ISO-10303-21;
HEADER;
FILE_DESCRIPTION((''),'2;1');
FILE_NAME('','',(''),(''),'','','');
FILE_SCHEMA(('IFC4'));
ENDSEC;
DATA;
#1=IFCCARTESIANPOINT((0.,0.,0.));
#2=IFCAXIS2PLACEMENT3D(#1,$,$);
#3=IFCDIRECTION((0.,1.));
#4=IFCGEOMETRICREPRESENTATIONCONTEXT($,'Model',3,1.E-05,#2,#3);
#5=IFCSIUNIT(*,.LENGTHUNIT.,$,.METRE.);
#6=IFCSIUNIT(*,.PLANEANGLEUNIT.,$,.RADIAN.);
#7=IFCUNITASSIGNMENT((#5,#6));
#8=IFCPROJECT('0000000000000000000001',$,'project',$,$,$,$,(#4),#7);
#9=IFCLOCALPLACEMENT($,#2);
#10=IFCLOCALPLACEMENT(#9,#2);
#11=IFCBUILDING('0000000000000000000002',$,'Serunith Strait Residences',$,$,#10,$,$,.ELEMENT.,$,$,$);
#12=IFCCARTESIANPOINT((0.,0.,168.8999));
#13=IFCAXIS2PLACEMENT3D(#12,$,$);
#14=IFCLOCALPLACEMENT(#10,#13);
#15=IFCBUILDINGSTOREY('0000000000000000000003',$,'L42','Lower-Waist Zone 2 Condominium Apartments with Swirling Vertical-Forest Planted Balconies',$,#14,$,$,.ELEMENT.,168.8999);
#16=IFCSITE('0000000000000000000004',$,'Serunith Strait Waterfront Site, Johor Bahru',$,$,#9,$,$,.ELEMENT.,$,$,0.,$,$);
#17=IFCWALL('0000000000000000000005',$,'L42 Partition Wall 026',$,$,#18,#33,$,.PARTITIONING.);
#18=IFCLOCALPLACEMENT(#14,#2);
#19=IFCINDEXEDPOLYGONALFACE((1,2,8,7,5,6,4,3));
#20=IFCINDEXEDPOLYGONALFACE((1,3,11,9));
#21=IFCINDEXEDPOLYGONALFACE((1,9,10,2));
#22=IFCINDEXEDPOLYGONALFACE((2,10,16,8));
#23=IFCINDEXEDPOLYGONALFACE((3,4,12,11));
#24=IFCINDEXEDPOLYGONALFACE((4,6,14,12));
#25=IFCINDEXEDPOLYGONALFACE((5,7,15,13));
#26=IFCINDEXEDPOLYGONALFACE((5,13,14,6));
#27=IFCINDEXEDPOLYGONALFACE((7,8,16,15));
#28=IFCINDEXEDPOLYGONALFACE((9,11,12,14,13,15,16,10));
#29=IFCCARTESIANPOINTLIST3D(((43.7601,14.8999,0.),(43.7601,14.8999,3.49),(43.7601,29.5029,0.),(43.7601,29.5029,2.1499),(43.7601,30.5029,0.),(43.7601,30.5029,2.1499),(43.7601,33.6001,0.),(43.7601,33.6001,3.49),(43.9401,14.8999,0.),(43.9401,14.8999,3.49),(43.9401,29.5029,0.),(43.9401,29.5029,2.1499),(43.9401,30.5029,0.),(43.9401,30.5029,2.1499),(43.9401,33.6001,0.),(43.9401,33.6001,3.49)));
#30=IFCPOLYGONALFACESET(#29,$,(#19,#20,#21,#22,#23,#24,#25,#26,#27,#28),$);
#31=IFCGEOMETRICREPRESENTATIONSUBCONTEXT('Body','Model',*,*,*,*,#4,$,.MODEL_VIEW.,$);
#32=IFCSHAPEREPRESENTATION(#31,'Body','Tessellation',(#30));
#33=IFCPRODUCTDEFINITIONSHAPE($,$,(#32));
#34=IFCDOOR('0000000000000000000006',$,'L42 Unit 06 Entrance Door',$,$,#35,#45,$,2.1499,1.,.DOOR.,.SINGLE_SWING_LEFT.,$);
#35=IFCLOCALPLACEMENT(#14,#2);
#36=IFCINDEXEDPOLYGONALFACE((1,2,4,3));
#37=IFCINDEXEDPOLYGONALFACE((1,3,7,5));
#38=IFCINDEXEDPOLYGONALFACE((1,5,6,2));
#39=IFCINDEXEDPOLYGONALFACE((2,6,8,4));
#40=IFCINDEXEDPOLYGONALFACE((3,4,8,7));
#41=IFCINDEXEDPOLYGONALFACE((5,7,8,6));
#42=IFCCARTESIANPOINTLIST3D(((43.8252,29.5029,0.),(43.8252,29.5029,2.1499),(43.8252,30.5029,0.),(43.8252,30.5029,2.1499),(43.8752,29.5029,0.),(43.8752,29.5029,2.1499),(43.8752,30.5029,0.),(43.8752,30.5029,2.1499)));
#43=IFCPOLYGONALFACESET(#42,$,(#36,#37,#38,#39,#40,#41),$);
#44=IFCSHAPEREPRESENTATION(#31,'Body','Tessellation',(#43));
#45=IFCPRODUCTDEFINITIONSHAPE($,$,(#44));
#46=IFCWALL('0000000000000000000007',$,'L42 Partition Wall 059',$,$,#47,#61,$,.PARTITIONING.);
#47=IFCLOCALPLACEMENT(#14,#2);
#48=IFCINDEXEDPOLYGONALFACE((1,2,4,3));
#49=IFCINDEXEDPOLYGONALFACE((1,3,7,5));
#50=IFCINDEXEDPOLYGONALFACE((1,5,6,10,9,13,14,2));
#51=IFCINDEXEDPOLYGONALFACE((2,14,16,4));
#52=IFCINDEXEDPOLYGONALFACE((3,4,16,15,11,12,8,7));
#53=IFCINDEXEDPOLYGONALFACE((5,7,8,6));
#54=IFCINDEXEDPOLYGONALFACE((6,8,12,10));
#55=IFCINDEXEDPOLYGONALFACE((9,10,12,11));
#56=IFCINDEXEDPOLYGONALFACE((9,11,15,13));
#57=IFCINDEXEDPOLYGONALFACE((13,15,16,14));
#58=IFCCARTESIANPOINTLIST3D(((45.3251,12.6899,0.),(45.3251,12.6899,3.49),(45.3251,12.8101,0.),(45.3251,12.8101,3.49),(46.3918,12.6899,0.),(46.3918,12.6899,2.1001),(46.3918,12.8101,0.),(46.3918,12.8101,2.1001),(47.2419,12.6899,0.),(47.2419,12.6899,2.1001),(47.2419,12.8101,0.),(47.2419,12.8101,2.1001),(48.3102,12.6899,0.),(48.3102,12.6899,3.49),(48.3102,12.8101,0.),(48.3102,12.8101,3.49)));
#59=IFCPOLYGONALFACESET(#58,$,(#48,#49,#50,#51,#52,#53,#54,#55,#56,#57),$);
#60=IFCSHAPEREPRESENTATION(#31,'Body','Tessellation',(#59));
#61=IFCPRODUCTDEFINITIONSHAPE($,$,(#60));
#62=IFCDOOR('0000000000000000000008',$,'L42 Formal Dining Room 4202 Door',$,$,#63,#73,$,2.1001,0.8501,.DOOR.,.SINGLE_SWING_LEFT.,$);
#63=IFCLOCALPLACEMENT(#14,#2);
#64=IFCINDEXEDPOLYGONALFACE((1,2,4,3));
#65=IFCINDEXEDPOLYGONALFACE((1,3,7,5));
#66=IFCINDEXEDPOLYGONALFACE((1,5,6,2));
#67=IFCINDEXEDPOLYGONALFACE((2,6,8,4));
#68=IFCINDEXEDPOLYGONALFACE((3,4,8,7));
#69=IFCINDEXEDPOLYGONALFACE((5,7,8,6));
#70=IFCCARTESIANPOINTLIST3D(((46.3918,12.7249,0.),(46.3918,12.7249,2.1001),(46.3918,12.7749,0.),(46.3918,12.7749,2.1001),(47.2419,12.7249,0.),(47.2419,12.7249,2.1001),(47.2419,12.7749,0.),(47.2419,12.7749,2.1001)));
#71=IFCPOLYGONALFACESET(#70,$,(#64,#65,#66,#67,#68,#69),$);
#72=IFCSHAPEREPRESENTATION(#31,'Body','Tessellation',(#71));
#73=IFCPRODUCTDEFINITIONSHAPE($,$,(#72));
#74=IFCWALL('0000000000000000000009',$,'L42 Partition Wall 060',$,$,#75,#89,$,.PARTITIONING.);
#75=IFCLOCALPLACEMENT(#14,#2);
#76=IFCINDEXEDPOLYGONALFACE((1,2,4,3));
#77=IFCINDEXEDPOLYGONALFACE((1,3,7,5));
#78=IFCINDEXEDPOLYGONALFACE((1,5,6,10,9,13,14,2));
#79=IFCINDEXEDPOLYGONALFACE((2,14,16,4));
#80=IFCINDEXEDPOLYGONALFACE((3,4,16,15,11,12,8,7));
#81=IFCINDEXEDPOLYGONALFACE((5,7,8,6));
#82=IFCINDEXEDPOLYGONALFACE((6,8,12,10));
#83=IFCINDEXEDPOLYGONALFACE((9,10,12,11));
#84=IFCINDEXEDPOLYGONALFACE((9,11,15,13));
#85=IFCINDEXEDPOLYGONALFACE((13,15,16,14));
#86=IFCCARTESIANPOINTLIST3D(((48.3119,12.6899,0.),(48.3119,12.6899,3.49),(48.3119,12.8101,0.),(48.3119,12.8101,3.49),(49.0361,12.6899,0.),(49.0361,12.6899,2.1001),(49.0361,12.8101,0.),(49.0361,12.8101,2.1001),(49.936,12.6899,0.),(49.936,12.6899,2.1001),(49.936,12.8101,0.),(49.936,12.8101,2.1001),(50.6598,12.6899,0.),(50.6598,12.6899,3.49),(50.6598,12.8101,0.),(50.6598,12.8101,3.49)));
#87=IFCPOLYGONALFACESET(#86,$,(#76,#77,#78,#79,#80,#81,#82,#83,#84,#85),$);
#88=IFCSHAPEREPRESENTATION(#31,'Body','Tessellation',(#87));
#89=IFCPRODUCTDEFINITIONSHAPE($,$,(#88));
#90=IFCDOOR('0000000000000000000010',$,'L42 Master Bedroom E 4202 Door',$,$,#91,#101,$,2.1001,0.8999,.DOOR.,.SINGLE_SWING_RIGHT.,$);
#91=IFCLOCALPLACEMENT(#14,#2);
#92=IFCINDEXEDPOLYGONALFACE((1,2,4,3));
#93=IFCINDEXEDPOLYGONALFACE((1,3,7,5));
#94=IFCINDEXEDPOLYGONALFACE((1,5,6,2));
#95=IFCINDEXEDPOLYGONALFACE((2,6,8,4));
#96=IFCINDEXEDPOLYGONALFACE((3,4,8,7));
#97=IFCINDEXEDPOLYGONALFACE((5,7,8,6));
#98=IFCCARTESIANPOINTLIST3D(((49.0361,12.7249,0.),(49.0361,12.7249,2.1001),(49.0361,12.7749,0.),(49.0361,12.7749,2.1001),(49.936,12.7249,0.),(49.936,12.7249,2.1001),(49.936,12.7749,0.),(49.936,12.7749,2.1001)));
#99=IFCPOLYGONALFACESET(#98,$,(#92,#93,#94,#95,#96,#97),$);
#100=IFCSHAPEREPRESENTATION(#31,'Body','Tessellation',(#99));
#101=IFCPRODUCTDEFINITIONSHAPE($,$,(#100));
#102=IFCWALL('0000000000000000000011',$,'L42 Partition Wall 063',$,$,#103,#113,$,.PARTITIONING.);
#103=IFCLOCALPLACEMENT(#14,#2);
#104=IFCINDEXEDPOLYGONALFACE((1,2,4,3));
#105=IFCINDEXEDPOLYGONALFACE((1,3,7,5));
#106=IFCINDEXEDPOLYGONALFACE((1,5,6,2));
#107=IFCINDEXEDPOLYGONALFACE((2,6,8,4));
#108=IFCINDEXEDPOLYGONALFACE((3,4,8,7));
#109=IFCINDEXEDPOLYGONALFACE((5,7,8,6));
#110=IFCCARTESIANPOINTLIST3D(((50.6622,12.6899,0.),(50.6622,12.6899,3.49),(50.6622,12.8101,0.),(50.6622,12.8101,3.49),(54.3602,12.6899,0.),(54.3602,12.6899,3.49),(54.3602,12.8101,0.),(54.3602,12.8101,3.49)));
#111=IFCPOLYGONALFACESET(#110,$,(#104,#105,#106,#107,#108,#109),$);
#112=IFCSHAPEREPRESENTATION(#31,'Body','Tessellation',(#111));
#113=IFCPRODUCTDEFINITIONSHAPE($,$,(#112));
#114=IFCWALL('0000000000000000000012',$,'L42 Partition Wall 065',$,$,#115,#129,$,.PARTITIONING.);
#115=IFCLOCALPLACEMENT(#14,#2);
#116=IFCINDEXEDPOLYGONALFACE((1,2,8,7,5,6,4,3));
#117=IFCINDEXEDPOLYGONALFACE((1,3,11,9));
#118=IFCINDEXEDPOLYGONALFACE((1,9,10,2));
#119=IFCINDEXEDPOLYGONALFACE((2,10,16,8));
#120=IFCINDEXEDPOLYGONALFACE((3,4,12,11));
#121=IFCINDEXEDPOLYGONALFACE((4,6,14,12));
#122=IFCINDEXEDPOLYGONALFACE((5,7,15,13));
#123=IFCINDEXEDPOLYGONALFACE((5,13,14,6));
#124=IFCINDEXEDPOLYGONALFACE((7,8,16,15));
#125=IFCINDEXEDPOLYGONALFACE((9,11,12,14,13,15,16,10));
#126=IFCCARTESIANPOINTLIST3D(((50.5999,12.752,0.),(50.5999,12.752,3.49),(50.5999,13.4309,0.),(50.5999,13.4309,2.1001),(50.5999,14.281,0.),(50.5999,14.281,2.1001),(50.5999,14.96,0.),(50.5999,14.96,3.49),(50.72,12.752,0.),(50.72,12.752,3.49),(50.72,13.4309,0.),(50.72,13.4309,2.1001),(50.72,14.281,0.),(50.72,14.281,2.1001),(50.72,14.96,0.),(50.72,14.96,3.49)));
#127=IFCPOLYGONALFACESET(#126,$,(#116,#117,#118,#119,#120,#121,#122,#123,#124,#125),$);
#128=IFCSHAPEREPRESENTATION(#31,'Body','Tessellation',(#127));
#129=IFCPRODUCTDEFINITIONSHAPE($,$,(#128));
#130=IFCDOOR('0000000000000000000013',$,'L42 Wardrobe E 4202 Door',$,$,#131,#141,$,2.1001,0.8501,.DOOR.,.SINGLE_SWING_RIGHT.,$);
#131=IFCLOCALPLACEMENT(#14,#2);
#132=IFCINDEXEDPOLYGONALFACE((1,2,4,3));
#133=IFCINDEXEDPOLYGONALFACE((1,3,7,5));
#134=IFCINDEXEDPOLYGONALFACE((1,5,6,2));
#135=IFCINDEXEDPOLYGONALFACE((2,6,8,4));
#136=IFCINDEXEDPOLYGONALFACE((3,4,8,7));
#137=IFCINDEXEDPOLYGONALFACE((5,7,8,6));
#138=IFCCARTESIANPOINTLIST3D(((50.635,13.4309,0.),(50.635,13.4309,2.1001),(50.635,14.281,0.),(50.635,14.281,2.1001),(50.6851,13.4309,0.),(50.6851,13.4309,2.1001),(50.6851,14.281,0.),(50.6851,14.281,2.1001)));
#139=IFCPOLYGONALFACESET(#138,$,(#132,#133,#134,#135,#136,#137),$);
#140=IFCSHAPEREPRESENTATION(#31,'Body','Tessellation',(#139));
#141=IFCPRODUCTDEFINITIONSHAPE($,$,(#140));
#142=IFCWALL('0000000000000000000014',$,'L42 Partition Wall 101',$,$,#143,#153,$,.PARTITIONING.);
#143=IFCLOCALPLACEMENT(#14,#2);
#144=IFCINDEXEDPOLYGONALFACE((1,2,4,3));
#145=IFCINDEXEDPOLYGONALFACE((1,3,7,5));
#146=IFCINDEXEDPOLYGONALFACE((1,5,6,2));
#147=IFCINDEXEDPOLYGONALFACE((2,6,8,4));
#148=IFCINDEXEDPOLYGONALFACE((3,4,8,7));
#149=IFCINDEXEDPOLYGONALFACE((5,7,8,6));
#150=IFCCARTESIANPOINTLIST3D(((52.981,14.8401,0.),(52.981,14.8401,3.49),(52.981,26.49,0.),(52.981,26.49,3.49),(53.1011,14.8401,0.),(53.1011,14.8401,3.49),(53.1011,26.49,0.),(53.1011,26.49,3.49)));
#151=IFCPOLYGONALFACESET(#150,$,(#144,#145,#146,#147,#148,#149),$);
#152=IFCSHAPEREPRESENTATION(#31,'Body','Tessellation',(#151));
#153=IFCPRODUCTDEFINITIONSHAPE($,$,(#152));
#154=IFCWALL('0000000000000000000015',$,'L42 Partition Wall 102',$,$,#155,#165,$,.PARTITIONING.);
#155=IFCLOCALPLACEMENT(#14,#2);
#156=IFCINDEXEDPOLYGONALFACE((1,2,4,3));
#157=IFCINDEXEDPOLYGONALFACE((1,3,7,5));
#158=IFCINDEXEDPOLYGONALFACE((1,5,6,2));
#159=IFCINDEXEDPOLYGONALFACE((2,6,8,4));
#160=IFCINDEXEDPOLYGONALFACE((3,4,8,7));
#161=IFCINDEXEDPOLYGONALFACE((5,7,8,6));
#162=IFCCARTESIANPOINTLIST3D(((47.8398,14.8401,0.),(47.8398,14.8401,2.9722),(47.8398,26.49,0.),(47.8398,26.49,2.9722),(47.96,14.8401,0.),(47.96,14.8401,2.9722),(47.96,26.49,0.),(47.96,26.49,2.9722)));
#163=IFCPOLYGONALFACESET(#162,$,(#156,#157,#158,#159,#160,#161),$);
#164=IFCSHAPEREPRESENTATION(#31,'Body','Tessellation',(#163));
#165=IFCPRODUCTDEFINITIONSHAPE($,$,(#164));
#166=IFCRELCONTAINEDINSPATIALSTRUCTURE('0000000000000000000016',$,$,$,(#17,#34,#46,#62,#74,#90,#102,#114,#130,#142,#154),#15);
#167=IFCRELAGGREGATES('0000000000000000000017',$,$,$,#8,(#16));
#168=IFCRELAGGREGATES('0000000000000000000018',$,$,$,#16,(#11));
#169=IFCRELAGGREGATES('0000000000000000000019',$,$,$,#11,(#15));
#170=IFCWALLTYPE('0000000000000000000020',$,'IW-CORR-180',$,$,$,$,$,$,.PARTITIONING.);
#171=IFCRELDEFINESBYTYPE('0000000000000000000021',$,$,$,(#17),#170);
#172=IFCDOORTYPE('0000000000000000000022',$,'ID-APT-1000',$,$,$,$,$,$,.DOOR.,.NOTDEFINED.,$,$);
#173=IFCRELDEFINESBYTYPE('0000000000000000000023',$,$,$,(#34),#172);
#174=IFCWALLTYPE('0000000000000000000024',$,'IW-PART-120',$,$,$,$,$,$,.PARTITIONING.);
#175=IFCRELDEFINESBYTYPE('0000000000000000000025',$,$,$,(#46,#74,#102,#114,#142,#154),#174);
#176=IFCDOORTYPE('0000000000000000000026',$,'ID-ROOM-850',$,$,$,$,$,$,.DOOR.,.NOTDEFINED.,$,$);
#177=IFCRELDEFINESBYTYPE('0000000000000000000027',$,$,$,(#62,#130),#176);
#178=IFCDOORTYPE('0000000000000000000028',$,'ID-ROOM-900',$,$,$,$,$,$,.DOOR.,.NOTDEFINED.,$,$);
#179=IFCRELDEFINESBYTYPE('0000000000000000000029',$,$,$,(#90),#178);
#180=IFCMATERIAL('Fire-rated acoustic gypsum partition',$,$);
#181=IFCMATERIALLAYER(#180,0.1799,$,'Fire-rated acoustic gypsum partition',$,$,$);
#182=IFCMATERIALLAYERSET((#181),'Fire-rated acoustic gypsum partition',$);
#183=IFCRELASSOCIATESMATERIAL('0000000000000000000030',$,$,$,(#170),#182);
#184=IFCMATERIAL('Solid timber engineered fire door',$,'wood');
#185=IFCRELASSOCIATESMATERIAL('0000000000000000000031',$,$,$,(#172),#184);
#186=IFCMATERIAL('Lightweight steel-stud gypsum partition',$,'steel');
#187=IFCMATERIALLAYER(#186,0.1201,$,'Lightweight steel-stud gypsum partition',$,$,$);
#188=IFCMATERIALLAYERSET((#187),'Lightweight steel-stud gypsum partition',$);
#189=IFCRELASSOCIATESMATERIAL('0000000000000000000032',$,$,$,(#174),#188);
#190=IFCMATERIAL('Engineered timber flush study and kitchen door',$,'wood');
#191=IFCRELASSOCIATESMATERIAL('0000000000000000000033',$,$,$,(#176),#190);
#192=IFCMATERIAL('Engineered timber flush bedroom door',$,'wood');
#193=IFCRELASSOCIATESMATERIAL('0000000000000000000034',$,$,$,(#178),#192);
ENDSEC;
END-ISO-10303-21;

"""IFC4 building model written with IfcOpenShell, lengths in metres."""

from ifc_helpers import new_model, si_unit, direction, frame, frame_2d, origin, place, context, subcontext, project, spatial, rectangle, extrude, source, transform, mapped, material, layer, layer_set, type_object, element, fill, save


model = new_model("IFC4")

# Units and contexts
model_context = context("Model", 3, precision=1e-05, world=origin(), true_north=direction((0.0, 1.0)))
body_context = subcontext(model_context, "Body", "Model", "MODEL_VIEW")
ifc_project = project(units=[si_unit("LENGTHUNIT", "METRE"), si_unit("PLANEANGLEUNIT", "RADIAN")], contexts=[model_context])

# Site, building, storey
site_placement = place(None, origin())
site = spatial("IfcSite", under=ifc_project, at=site_placement, Name="Serunith Strait Waterfront Site, Johor Bahru", CompositionType="ELEMENT", RefElevation=0.0)
building_placement = place(site_placement, origin())
building = spatial("IfcBuilding", under=site, at=building_placement, Name="Serunith Strait Residences", CompositionType="ELEMENT")
storey_placement = place(building_placement, frame((0.0, 0.0, 168.8999)))
storey = spatial("IfcBuildingStorey", under=building, at=storey_placement, Name="L42", Description="Lower-Waist Zone 2 Condominium Apartments with Swirling Vertical-Forest Planted Balconies", CompositionType="ELEMENT", Elevation=168.8999)

# Walls, openings, doors
ifc_material_1 = material(Name="Fire-rated acoustic gypsum partition")
ifc_layer_1 = layer(ifc_material_1, 0.1799, Name="Fire-rated acoustic gypsum partition")
ifc_layer_set_1 = layer_set([ifc_layer_1], Name="Fire-rated acoustic gypsum partition")
wall_type_1 = type_object("IfcWallType", Name="IW-CORR-180", PredefinedType="PARTITIONING", material=ifc_layer_set_1)
wall_1_placement = place(storey_placement, frame((43.8501, 14.8999, 0.0), z_axis=(0.0, 0.0, 1.0), x_axis=(0.0, 1.0, 0.0)))
wall_1 = element("IfcWall", 1, at=wall_1_placement, inside=storey, type_object=wall_type_1, Name="L42 Partition Wall 026", PredefinedType="PARTITIONING", context=body_context, shape_type="SweptSolid", body=[
    extrude(rectangle(XDim=18.7002, YDim=0.1799, at=frame_2d((9.3501, 0.0))), origin(), (0.0, 0.0, 1.0), 3.49),
])
opening_1_placement = place(wall_1_placement, frame((14.603, 0.0, 0.0)))
opening_1 = element("IfcOpeningElement", 2, at=opening_1_placement, cuts=wall_1, PredefinedType="OPENING", context=body_context, shape_type="SweptSolid", body=[
    extrude(rectangle(XDim=1.0, YDim=2.1499, at=frame_2d((0.5, 1.075))), frame((0.0, 0.1001, 0.0), z_axis=(0.0, -1.0, 0.0), x_axis=(1.0, 0.0, 0.0)), (0.0, 0.0, 1.0), 0.2),
])
ifc_material_2 = material(Name="Solid timber engineered fire door", Category="wood")
door_type_1 = type_object("IfcDoorType", Name="ID-APT-1000", OperationType="NOTDEFINED", PredefinedType="DOOR", material=ifc_material_2)
shared_shape_1 = source(origin(), body_context, "Body", "SweptSolid", [
    extrude(rectangle(XDim=1.0, YDim=2.1499, at=frame_2d((0.5, 1.075))), frame((0.0, 0.0249, 0.0), z_axis=(0.0, -1.0, 0.0), x_axis=(1.0, 0.0, 0.0)), (0.0, 0.0, 1.0), 0.05),
])
door_1_placement = place(opening_1_placement, origin())
door_1 = element("IfcDoor", 3, at=door_1_placement, inside=storey, type_object=door_type_1, Name="L42 Unit 06 Entrance Door", OperationType="SINGLE_SWING_LEFT", OverallHeight=2.1499, OverallWidth=1.0, PredefinedType="DOOR", context=body_context, shape_type="MappedRepresentation", body=[
    mapped(shared_shape_1, transform((0.0, 0.0, 0.0), scale=1.0)),
])
fill(opening_1, door_1)
ifc_material_3 = material(Name="Lightweight steel-stud gypsum partition", Category="steel")
ifc_layer_2 = layer(ifc_material_3, 0.1201, Name="Lightweight steel-stud gypsum partition")
ifc_layer_set_2 = layer_set([ifc_layer_2], Name="Lightweight steel-stud gypsum partition")
wall_type_2 = type_object("IfcWallType", Name="IW-PART-120", PredefinedType="PARTITIONING", material=ifc_layer_set_2)
wall_2_placement = place(storey_placement, frame((45.325, 12.75, 0.0), z_axis=(0.0, 0.0, 1.0), x_axis=(1.0, 0.0, 0.0)))
wall_2 = element("IfcWall", 4, at=wall_2_placement, inside=storey, type_object=wall_type_2, Name="L42 Partition Wall 059", PredefinedType="PARTITIONING", context=body_context, shape_type="SweptSolid", body=[
    extrude(rectangle(XDim=2.9851, YDim=0.1201, at=frame_2d((1.4927, 0.0))), origin(), (0.0, 0.0, 1.0), 3.49),
])
opening_2_placement = place(wall_2_placement, frame((1.0669, 0.0, 0.0)))
opening_2 = element("IfcOpeningElement", 5, at=opening_2_placement, cuts=wall_2, PredefinedType="OPENING", context=body_context, shape_type="SweptSolid", body=[
    extrude(rectangle(XDim=0.8501, YDim=2.1001, at=frame_2d((0.425, 1.05))), frame((0.0, 0.0701, 0.0), z_axis=(0.0, -1.0, 0.0), x_axis=(1.0, 0.0, 0.0)), (0.0, 0.0, 1.0), 0.1401),
])
ifc_material_4 = material(Name="Engineered timber flush study and kitchen door", Category="wood")
door_type_2 = type_object("IfcDoorType", Name="ID-ROOM-850", OperationType="NOTDEFINED", PredefinedType="DOOR", material=ifc_material_4)
shared_shape_2 = source(origin(), body_context, "Body", "SweptSolid", [
    extrude(rectangle(XDim=0.8501, YDim=2.1001, at=frame_2d((0.425, 1.05))), frame((0.0, 0.0249, 0.0), z_axis=(0.0, -1.0, 0.0), x_axis=(1.0, 0.0, 0.0)), (0.0, 0.0, 1.0), 0.05),
])
door_2_placement = place(opening_2_placement, origin())
door_2 = element("IfcDoor", 6, at=door_2_placement, inside=storey, type_object=door_type_2, Name="L42 Formal Dining Room 4202 Door", OperationType="SINGLE_SWING_LEFT", OverallHeight=2.1001, OverallWidth=0.8501, PredefinedType="DOOR", context=body_context, shape_type="MappedRepresentation", body=[
    mapped(shared_shape_2, transform((0.0, 0.0, 0.0), scale=1.0)),
])
fill(opening_2, door_2)
wall_3_placement = place(storey_placement, frame((48.312, 12.75, 0.0), z_axis=(0.0, 0.0, 1.0), x_axis=(1.0, 0.0, 0.0)))
wall_3 = element("IfcWall", 7, at=wall_3_placement, inside=storey, type_object=wall_type_2, Name="L42 Partition Wall 060", PredefinedType="PARTITIONING", context=body_context, shape_type="SweptSolid", body=[
    extrude(rectangle(XDim=2.3479, YDim=0.1201, at=frame_2d((1.1738, 0.0))), origin(), (0.0, 0.0, 1.0), 3.49),
])
opening_3_placement = place(wall_3_placement, frame((0.7241, 0.0, 0.0)))
opening_3 = element("IfcOpeningElement", 8, at=opening_3_placement, cuts=wall_3, PredefinedType="OPENING", context=body_context, shape_type="SweptSolid", body=[
    extrude(rectangle(XDim=0.8999, YDim=2.1001, at=frame_2d((0.45, 1.05))), frame((0.0, 0.0701, 0.0), z_axis=(0.0, -1.0, 0.0), x_axis=(1.0, 0.0, 0.0)), (0.0, 0.0, 1.0), 0.1401),
])
ifc_material_5 = material(Name="Engineered timber flush bedroom door", Category="wood")
door_type_3 = type_object("IfcDoorType", Name="ID-ROOM-900", OperationType="NOTDEFINED", PredefinedType="DOOR", material=ifc_material_5)
shared_shape_3 = source(origin(), body_context, "Body", "SweptSolid", [
    extrude(rectangle(XDim=0.8999, YDim=2.1001, at=frame_2d((0.45, 1.05))), frame((0.0, 0.0249, 0.0), z_axis=(0.0, -1.0, 0.0), x_axis=(1.0, 0.0, 0.0)), (0.0, 0.0, 1.0), 0.05),
])
door_3_placement = place(opening_3_placement, origin())
door_3 = element("IfcDoor", 9, at=door_3_placement, inside=storey, type_object=door_type_3, Name="L42 Master Bedroom E 4202 Door", OperationType="SINGLE_SWING_RIGHT", OverallHeight=2.1001, OverallWidth=0.8999, PredefinedType="DOOR", context=body_context, shape_type="MappedRepresentation", body=[
    mapped(shared_shape_3, transform((0.0, 0.0, 0.0), scale=1.0)),
])
fill(opening_3, door_3)

# Wall
wall_4_placement = place(storey_placement, frame((50.6621, 12.75, 0.0), z_axis=(0.0, 0.0, 1.0), x_axis=(1.0, 0.0, 0.0)))
element("IfcWall", 10, at=wall_4_placement, inside=storey, type_object=wall_type_2, Name="L42 Partition Wall 063", PredefinedType="PARTITIONING", context=body_context, shape_type="SweptSolid", body=[
    extrude(rectangle(XDim=3.698, YDim=0.1201, at=frame_2d((1.8491, 0.0))), origin(), (0.0, 0.0, 1.0), 3.49),
])

# Wall, opening, door
wall_5_placement = place(storey_placement, frame((50.6599, 12.752, 0.0), z_axis=(0.0, 0.0, 1.0), x_axis=(0.0, 1.0, 0.0)))
wall_5 = element("IfcWall", 11, at=wall_5_placement, inside=storey, type_object=wall_type_2, Name="L42 Partition Wall 065", PredefinedType="PARTITIONING", context=body_context, shape_type="SweptSolid", body=[
    extrude(rectangle(XDim=2.208, YDim=0.1201, at=frame_2d((1.104, 0.0))), origin(), (0.0, 0.0, 1.0), 3.49),
])
opening_4_placement = place(wall_5_placement, frame((0.679, 0.0, 0.0)))
opening_4 = element("IfcOpeningElement", 12, at=opening_4_placement, cuts=wall_5, PredefinedType="OPENING", context=body_context, shape_type="SweptSolid", body=[
    extrude(rectangle(XDim=0.8501, YDim=2.1001, at=frame_2d((0.425, 1.05))), frame((0.0, 0.0701, 0.0), z_axis=(0.0, -1.0, 0.0), x_axis=(1.0, 0.0, 0.0)), (0.0, 0.0, 1.0), 0.1401),
])
door_4_placement = place(opening_4_placement, origin())
door_4 = element("IfcDoor", 13, at=door_4_placement, inside=storey, type_object=door_type_2, Name="L42 Wardrobe E 4202 Door", OperationType="SINGLE_SWING_RIGHT", OverallHeight=2.1001, OverallWidth=0.8501, PredefinedType="DOOR", context=body_context, shape_type="MappedRepresentation", body=[
    mapped(shared_shape_2, transform((0.0, 0.0, 0.0), scale=1.0)),
])
fill(opening_4, door_4)

# Walls
wall_6_placement = place(storey_placement, frame((53.041, 14.8401, 0.0), z_axis=(0.0, 0.0, 1.0), x_axis=(0.0, 1.0, 0.0)))
element("IfcWall", 14, at=wall_6_placement, inside=storey, type_object=wall_type_2, Name="L42 Partition Wall 101", PredefinedType="PARTITIONING", context=body_context, shape_type="SweptSolid", body=[
    extrude(rectangle(XDim=11.6499, YDim=0.1201, at=frame_2d((5.825, 0.0))), origin(), (0.0, 0.0, 1.0), 3.49),
])
wall_7_placement = place(storey_placement, frame((47.8999, 14.8401, 0.0), z_axis=(0.0, 0.0, 1.0), x_axis=(0.0, 1.0, 0.0)))
element("IfcWall", 15, at=wall_7_placement, inside=storey, type_object=wall_type_2, Name="L42 Partition Wall 102", PredefinedType="PARTITIONING", context=body_context, shape_type="SweptSolid", body=[
    extrude(rectangle(XDim=11.6499, YDim=0.1201, at=frame_2d((5.825, 0.0))), origin(), (0.0, 0.0, 1.0), 2.9722),
])

save(model, "model.ifc")
